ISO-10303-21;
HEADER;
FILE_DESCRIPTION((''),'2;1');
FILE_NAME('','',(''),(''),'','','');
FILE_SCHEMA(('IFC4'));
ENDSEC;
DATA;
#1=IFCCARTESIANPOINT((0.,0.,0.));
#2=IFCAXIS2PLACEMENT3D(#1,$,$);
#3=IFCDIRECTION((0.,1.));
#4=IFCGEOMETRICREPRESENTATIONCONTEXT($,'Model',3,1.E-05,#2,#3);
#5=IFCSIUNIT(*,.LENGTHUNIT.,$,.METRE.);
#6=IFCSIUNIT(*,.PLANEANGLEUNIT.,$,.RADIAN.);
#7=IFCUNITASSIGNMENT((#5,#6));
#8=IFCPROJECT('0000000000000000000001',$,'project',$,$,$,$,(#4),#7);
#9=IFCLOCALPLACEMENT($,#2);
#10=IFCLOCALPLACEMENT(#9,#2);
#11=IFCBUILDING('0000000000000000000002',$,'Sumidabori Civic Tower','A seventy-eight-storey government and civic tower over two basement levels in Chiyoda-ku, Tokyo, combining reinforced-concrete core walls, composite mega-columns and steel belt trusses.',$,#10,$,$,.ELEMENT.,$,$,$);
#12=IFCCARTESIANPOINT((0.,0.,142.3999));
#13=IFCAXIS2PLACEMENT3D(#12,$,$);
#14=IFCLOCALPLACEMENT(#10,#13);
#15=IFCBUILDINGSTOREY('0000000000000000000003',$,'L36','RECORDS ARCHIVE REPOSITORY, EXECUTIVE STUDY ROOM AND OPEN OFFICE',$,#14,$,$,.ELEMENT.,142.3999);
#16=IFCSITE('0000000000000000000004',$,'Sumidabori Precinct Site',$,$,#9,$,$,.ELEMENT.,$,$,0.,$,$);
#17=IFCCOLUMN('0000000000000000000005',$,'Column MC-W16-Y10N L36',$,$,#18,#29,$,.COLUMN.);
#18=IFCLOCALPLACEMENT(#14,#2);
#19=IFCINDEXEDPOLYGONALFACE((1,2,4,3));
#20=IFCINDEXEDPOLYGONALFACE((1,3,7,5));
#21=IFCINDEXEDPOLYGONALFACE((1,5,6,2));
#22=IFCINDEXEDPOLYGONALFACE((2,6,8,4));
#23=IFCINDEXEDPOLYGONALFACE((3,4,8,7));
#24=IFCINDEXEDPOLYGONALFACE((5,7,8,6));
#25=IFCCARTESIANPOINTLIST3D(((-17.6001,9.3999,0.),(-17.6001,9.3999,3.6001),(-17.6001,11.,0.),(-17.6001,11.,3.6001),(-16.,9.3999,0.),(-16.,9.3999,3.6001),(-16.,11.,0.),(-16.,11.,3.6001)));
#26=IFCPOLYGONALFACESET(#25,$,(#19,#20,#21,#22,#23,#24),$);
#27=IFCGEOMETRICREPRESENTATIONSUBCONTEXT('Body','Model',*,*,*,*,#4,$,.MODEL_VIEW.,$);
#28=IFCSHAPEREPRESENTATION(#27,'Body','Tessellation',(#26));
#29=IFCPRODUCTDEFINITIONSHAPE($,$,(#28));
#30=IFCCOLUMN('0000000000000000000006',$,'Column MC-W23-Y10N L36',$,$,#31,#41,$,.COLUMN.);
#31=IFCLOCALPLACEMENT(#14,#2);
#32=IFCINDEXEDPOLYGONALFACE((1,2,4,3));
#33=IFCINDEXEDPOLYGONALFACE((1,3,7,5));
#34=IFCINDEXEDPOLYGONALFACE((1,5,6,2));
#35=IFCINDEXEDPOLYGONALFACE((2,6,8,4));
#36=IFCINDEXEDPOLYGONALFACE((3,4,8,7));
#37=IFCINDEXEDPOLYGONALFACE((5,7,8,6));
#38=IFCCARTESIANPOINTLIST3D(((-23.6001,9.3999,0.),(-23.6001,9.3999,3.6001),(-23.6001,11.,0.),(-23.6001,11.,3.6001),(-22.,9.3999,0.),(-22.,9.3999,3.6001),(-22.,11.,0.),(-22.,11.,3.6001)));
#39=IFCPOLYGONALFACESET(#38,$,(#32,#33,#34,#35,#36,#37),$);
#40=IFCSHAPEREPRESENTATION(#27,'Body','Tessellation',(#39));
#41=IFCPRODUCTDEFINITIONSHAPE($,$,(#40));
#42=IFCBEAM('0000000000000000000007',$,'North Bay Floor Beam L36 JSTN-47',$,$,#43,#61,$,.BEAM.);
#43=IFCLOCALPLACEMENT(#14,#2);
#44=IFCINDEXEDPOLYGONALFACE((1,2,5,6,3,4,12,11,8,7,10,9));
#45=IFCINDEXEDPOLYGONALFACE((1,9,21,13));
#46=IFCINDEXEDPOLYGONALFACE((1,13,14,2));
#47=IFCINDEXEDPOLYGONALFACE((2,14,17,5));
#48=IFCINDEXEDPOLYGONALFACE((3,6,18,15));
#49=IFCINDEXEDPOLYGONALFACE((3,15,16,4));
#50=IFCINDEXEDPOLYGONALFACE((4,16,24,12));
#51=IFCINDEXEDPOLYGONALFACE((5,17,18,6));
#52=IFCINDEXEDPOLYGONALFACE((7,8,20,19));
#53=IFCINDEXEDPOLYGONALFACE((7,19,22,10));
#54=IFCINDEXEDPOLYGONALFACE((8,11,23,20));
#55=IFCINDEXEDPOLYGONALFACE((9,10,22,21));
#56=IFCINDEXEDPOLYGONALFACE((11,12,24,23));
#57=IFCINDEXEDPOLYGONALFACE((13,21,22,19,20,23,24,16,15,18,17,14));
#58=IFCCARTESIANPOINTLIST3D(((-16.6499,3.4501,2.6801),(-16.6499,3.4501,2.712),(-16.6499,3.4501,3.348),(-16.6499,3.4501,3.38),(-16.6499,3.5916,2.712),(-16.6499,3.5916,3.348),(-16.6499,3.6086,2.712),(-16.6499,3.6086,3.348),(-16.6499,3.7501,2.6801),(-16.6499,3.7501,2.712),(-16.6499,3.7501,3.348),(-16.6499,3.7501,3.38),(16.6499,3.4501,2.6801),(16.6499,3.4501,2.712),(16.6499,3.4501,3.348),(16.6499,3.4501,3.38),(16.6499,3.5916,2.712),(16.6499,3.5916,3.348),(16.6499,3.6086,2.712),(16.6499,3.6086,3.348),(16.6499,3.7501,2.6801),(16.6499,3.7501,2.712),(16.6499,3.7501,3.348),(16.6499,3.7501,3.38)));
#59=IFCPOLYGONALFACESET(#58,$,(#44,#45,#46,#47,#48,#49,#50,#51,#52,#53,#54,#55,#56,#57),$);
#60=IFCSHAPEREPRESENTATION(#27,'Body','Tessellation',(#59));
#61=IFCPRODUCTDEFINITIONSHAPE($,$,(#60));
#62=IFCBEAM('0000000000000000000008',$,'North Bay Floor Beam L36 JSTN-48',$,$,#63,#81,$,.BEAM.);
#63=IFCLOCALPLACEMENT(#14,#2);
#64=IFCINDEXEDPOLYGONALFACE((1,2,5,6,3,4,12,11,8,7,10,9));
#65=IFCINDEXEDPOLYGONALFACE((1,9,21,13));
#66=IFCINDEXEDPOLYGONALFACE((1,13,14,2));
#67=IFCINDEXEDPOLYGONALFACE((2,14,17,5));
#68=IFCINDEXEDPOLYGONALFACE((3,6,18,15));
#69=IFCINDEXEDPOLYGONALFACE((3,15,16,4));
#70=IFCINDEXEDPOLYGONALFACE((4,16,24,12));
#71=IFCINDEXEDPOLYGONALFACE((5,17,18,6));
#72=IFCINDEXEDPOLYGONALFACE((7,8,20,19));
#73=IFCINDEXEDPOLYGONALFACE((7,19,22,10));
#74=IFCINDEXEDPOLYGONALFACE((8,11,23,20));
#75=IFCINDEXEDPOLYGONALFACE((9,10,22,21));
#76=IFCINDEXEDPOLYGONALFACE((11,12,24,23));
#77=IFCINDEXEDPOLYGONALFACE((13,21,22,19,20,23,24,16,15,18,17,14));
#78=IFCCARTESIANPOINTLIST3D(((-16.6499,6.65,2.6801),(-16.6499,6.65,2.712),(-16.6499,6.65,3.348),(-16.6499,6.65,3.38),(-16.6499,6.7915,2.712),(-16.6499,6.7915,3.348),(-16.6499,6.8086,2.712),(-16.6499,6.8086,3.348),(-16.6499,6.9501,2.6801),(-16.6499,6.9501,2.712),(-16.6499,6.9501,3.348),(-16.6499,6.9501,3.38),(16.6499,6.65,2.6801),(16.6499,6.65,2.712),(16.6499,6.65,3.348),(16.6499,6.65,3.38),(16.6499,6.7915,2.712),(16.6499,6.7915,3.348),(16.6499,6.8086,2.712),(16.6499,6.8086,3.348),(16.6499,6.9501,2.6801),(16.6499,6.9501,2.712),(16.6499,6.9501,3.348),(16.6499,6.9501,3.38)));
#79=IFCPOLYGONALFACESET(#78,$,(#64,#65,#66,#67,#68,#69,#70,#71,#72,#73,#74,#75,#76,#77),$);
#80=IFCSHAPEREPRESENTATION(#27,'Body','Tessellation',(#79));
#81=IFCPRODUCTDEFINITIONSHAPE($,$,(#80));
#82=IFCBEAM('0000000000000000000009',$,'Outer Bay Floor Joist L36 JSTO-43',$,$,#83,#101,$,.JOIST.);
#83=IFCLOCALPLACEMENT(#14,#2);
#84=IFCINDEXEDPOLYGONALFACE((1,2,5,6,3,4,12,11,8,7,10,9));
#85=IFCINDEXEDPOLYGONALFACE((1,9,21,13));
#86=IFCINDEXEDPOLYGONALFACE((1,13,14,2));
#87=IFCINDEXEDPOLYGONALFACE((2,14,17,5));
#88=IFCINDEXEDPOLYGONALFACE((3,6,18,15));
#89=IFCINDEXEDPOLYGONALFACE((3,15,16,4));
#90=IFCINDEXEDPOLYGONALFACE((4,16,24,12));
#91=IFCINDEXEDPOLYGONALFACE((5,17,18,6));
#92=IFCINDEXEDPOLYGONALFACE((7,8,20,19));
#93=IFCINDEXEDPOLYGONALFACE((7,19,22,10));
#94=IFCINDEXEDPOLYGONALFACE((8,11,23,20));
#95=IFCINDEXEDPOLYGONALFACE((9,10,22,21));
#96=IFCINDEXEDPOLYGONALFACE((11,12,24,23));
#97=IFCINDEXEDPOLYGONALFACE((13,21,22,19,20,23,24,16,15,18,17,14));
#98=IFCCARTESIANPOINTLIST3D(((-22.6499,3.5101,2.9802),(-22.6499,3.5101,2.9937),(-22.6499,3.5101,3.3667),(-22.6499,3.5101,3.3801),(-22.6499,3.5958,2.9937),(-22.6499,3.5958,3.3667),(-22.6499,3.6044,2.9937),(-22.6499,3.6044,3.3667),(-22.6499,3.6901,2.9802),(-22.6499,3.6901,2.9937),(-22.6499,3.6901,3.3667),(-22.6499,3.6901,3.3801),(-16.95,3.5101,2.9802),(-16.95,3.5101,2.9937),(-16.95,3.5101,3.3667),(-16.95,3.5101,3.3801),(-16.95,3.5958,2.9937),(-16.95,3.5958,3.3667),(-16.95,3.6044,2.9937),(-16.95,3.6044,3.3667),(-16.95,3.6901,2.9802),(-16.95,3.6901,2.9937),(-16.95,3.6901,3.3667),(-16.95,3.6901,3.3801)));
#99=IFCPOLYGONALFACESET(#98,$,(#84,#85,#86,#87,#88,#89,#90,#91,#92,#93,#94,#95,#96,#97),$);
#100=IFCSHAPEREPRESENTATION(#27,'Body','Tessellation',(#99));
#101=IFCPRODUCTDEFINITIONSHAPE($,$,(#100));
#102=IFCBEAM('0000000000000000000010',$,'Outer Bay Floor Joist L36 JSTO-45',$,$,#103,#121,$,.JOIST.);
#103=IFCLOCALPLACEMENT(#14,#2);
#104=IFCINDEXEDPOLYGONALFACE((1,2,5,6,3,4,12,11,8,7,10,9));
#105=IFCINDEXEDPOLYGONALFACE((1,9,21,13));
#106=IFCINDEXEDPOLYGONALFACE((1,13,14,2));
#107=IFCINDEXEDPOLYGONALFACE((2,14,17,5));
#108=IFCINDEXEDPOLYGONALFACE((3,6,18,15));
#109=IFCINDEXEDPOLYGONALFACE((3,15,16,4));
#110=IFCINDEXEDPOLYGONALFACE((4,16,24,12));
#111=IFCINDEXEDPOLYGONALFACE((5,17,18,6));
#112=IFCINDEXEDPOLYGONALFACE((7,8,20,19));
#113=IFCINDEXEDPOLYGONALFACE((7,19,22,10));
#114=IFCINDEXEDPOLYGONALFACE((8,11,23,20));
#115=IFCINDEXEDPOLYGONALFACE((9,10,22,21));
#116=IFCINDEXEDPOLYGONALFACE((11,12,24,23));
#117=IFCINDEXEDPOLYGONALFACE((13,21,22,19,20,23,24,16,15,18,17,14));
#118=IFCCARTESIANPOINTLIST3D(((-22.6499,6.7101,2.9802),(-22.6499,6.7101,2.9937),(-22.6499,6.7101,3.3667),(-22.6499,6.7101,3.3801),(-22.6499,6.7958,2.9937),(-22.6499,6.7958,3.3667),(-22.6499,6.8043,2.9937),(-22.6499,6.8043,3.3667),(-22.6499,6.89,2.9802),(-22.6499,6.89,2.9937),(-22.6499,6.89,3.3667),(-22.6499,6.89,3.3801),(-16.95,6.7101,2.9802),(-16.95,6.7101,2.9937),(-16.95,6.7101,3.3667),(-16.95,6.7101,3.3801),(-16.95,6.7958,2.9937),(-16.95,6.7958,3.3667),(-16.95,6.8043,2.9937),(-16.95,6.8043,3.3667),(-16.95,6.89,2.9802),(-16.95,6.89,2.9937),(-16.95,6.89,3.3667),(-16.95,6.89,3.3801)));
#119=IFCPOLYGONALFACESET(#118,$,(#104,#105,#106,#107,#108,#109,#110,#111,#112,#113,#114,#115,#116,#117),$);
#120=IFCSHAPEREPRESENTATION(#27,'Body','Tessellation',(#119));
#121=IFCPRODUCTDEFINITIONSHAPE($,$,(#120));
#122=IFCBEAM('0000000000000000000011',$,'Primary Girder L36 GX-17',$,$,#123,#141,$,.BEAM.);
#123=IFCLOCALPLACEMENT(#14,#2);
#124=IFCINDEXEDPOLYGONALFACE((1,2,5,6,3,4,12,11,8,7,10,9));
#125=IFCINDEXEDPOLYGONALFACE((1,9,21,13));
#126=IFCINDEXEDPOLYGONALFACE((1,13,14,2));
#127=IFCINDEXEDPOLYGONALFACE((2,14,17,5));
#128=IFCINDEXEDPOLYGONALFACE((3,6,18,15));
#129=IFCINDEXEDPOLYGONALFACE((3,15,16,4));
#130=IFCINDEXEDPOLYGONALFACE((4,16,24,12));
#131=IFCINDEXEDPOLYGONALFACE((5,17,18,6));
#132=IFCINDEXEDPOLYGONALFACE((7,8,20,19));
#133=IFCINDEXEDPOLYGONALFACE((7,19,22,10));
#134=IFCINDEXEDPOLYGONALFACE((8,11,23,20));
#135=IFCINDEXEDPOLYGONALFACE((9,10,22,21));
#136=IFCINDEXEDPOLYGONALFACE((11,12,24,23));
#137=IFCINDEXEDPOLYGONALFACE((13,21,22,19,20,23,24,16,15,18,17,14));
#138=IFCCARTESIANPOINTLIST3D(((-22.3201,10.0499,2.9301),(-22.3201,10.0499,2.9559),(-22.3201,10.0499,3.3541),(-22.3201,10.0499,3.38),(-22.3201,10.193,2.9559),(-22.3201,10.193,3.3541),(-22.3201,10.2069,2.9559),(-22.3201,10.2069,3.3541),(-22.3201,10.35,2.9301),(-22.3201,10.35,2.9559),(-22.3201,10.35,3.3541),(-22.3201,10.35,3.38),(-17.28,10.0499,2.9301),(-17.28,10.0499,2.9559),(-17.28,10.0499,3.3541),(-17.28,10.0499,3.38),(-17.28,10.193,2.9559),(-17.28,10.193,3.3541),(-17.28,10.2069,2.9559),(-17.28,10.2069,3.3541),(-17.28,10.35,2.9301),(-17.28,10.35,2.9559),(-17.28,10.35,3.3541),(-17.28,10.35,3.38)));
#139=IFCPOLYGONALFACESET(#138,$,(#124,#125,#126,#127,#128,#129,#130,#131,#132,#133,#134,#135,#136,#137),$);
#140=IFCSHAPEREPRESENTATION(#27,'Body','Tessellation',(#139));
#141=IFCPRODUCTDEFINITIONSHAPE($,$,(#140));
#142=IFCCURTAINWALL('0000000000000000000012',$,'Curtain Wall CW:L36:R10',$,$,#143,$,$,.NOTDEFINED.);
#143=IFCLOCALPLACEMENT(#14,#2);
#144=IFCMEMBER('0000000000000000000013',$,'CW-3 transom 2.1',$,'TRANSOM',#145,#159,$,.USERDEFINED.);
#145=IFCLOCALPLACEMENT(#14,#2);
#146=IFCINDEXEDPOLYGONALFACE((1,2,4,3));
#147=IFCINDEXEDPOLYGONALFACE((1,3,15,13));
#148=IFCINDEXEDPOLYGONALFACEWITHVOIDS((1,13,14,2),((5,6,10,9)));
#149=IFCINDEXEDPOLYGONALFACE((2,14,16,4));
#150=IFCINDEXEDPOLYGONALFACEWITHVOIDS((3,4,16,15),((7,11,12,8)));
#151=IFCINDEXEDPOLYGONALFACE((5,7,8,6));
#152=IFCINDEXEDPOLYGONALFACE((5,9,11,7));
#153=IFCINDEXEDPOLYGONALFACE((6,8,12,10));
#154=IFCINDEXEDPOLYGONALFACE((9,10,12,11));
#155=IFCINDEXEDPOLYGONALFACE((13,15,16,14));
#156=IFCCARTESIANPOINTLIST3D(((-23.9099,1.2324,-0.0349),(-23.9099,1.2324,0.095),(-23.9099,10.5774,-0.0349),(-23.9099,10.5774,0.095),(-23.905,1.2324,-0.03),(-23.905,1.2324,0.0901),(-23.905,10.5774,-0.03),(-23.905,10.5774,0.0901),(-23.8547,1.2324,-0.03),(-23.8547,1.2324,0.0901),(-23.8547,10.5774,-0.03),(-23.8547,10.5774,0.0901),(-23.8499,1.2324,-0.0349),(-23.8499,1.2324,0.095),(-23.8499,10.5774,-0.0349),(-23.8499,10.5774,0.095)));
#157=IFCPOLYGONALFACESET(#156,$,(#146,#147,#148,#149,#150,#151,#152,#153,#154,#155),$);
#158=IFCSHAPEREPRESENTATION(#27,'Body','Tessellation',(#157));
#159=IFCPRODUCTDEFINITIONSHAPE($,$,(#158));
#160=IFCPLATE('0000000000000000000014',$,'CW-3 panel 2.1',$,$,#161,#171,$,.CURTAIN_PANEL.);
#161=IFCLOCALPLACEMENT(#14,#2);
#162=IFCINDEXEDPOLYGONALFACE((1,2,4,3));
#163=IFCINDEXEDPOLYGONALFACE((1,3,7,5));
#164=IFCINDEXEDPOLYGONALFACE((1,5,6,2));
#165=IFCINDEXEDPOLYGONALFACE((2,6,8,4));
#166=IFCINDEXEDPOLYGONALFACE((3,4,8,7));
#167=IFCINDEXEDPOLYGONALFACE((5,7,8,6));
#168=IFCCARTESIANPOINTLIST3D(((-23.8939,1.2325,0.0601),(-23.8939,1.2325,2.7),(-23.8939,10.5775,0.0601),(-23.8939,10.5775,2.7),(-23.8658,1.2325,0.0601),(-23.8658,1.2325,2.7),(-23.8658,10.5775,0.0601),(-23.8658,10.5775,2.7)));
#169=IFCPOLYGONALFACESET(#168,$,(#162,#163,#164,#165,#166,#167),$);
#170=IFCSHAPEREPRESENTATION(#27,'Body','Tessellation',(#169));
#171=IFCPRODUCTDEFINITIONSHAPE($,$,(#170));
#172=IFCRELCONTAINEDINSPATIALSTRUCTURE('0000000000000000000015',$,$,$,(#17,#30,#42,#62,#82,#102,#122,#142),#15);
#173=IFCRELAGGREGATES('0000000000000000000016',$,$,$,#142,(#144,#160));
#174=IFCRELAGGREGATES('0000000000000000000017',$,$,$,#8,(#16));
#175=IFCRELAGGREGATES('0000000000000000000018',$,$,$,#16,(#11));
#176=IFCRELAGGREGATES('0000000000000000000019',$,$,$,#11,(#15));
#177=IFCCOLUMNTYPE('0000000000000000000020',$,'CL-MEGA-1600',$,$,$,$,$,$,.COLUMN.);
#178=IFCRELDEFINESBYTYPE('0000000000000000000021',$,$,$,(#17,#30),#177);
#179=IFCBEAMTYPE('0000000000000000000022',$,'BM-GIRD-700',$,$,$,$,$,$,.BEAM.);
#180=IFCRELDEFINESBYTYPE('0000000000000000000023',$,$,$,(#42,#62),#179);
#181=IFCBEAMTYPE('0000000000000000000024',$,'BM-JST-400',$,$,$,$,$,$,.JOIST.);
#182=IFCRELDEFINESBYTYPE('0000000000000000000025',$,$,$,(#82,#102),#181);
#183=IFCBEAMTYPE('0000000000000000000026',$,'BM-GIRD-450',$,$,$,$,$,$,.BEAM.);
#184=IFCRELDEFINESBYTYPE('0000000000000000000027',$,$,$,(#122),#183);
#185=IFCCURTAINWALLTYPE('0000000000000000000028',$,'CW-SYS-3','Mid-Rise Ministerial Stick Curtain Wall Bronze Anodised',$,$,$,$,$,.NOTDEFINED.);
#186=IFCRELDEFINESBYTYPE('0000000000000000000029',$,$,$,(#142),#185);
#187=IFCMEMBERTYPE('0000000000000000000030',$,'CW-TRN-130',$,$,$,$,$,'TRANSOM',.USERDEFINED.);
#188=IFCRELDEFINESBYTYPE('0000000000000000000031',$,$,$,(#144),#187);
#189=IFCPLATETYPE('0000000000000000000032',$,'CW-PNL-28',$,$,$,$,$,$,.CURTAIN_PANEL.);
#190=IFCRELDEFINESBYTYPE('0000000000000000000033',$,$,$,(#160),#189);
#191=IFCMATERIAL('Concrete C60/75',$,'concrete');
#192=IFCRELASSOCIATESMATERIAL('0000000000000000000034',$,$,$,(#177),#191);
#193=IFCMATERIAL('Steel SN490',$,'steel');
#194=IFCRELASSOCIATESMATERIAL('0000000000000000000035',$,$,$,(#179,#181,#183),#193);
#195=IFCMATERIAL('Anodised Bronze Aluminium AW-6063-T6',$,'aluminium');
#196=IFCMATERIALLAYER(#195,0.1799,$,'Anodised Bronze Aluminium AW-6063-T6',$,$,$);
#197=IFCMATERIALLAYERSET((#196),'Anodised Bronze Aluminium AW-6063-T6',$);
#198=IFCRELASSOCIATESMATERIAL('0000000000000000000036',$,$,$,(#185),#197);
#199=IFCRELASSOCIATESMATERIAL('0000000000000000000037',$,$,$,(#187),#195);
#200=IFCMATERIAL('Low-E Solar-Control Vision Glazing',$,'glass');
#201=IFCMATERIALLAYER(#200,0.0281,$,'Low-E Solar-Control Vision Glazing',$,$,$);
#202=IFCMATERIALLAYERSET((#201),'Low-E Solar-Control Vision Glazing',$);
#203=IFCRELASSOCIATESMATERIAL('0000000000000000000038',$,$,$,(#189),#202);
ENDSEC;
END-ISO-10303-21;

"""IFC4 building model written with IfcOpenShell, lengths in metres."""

from ifc_helpers import new_model, si_unit, direction, frame, origin, origin_2d, place, context, subcontext, project, spatial, rectangle, hollow_rectangle, i_section, extrude, source, transform, mapped, material, layer, layer_set, material_profile, profile_set, type_object, element, aggregate, save


model = new_model("IFC4")

# Units and contexts
model_context = context("Model", 3, precision=1e-05, world=origin(), true_north=direction((0.0, 1.0)))
body_context = subcontext(model_context, "Body", "Model", "MODEL_VIEW")
ifc_project = project(units=[si_unit("LENGTHUNIT", "METRE"), si_unit("PLANEANGLEUNIT", "RADIAN")], contexts=[model_context])

# Site, building, storey
site_placement = place(None, origin())
site = spatial("IfcSite", under=ifc_project, at=site_placement, Name="Sumidabori Precinct Site", CompositionType="ELEMENT", RefElevation=0.0)
building_placement = place(site_placement, origin())
building = spatial("IfcBuilding", under=site, at=building_placement, Name="Sumidabori Civic Tower", Description="A seventy-eight-storey government and civic tower over two basement levels in Chiyoda-ku, Tokyo, combining reinforced-concrete core walls, composite mega-columns and steel belt trusses.", CompositionType="ELEMENT")
storey_placement = place(building_placement, frame((0.0, 0.0, 142.3999)))
storey = spatial("IfcBuildingStorey", under=building, at=storey_placement, Name="L36", Description="RECORDS ARCHIVE REPOSITORY, EXECUTIVE STUDY ROOM AND OPEN OFFICE", CompositionType="ELEMENT", Elevation=142.3999)

# Columns
ifc_material_1 = material(Name="Concrete C60/75", Category="concrete")
ifc_material_profile_1 = material_profile(ifc_material_1, rectangle(XDim=1.6001, YDim=1.6001, at=origin_2d()), Name="RC 1600x1600")
ifc_profile_set_1 = profile_set([ifc_material_profile_1], Name="Concrete C60/75")
column_type = type_object("IfcColumnType", Name="CL-MEGA-1600", PredefinedType="COLUMN", material=ifc_profile_set_1)
shared_shape_1 = source(origin(), body_context, "Body", "SweptSolid", [
    extrude(rectangle(XDim=1.6001, YDim=1.6001, at=origin_2d()), origin(), (0.0, 0.0, 1.0), 3.6001),
])
for number, where, z_axis, x_axis, name in (
    (1, (-16.8, 10.2, 0.0), (0.0, 0.0, 1.0), (1.0, 0.0, 0.0), "Column MC-W16-Y10N L36"),
    (2, (-22.8, 10.2, 0.0), (0.0, 0.0, 1.0), (1.0, 0.0, 0.0), "Column MC-W23-Y10N L36"),
):
    element("IfcColumn", number, at=place(storey_placement, frame(where, z_axis=z_axis, x_axis=x_axis)), inside=storey, type_object=column_type, Name=name, PredefinedType="COLUMN", context=body_context, shape_type="MappedRepresentation", body=[
        mapped(shared_shape_1, transform((0.0, 0.0, 0.0), x_axis=(1.0, 0.0, 0.0), y_axis=(0.0, 1.0, 0.0), z_axis=(0.0, 0.0, 1.0), scale=1.0)),
    ])

# Beams
ifc_material_2 = material(Name="Steel SN490", Category="steel")
ifc_material_profile_2 = material_profile(ifc_material_2, i_section(OverallWidth=0.3, OverallDepth=0.7, WebThickness=0.0171, FlangeThickness=0.032, at=origin_2d()), Name="HE 700 B")
ifc_profile_set_2 = profile_set([ifc_material_profile_2], Name="Steel SN490")
beam_type_1 = type_object("IfcBeamType", Name="BM-GIRD-700", PredefinedType="BEAM", material=ifc_profile_set_2)
shared_shape_2 = source(origin(), body_context, "Body", "SweptSolid", [
    extrude(i_section(OverallWidth=0.3, OverallDepth=0.7, WebThickness=0.0171, FlangeThickness=0.032, at=origin_2d()), origin(), (0.0, 0.0, 1.0), 33.2998),
])
for number, where, z_axis, x_axis, name in (
    (3, (-16.6499, 3.6001, 3.03), (1.0, 0.0, 0.0), (0.0, 1.0, 0.0), "North Bay Floor Beam L36 JSTN-47"),
    (4, (-16.6499, 6.8, 3.03), (1.0, 0.0, 0.0), (0.0, 1.0, 0.0), "North Bay Floor Beam L36 JSTN-48"),
):
    element("IfcBeam", number, at=place(storey_placement, frame(where, z_axis=z_axis, x_axis=x_axis)), inside=storey, type_object=beam_type_1, Name=name, PredefinedType="BEAM", context=body_context, shape_type="MappedRepresentation", body=[
        mapped(shared_shape_2, transform((0.0, 0.0, 0.0), x_axis=(1.0, 0.0, 0.0), y_axis=(0.0, 1.0, 0.0), z_axis=(0.0, 0.0, 1.0), scale=1.0)),
    ])
ifc_material_profile_3 = material_profile(ifc_material_2, i_section(OverallWidth=0.1799, OverallDepth=0.3999, WebThickness=0.0085, FlangeThickness=0.0134, at=origin_2d()), Name="IPE 400")
ifc_profile_set_3 = profile_set([ifc_material_profile_3], Name="Steel SN490")
beam_type_2 = type_object("IfcBeamType", Name="BM-JST-400", PredefinedType="JOIST", material=ifc_profile_set_3)
shared_shape_3 = source(origin(), body_context, "Body", "SweptSolid", [
    extrude(i_section(OverallWidth=0.1799, OverallDepth=0.3999, WebThickness=0.0085, FlangeThickness=0.0134, at=origin_2d()), origin(), (0.0, 0.0, 1.0), 5.7),
])
for number, where, z_axis, x_axis, name in (
    (5, (-22.6499, 3.6001, 3.1802), (1.0, 0.0, 0.0), (0.0, 1.0, 0.0), "Outer Bay Floor Joist L36 JSTO-43"),
    (6, (-22.6499, 6.8, 3.1802), (1.0, 0.0, 0.0), (0.0, 1.0, 0.0), "Outer Bay Floor Joist L36 JSTO-45"),
):
    element("IfcBeam", number, at=place(storey_placement, frame(where, z_axis=z_axis, x_axis=x_axis)), inside=storey, type_object=beam_type_2, Name=name, PredefinedType="JOIST", context=body_context, shape_type="MappedRepresentation", body=[
        mapped(shared_shape_3, transform((0.0, 0.0, 0.0), x_axis=(1.0, 0.0, 0.0), y_axis=(0.0, 1.0, 0.0), z_axis=(0.0, 0.0, 1.0), scale=1.0)),
    ])
ifc_material_profile_4 = material_profile(ifc_material_2, i_section(OverallWidth=0.3, OverallDepth=0.45, WebThickness=0.0139, FlangeThickness=0.0259, at=origin_2d()), Name="HE 450 B")
ifc_profile_set_4 = profile_set([ifc_material_profile_4], Name="Steel SN490")
beam_type_3 = type_object("IfcBeamType", Name="BM-GIRD-450", PredefinedType="BEAM", material=ifc_profile_set_4)
shared_shape_4 = source(origin(), body_context, "Body", "SweptSolid", [
    extrude(i_section(OverallWidth=0.3, OverallDepth=0.45, WebThickness=0.0139, FlangeThickness=0.0259, at=origin_2d()), origin(), (0.0, 0.0, 1.0), 5.04),
])
beam_placement = place(storey_placement, frame((-22.3201, 10.2, 3.155), z_axis=(1.0, 0.0, 0.0), x_axis=(0.0, 1.0, 0.0)))
element("IfcBeam", 7, at=beam_placement, inside=storey, type_object=beam_type_3, Name="Primary Girder L36 GX-17", PredefinedType="BEAM", context=body_context, shape_type="MappedRepresentation", body=[
    mapped(shared_shape_4, transform((0.0, 0.0, 0.0), x_axis=(1.0, 0.0, 0.0), y_axis=(0.0, 1.0, 0.0), z_axis=(0.0, 0.0, 1.0), scale=1.0)),
])

# Curtain wall, member, plate
ifc_material_3 = material(Name="Anodised Bronze Aluminium AW-6063-T6", Category="aluminium")
ifc_layer_1 = layer(ifc_material_3, 0.1799, Name="Anodised Bronze Aluminium AW-6063-T6")
ifc_layer_set_1 = layer_set([ifc_layer_1], Name="Anodised Bronze Aluminium AW-6063-T6")
curtain_wall_type = type_object("IfcCurtainWallType", Name="CW-SYS-3", Description="Mid-Rise Ministerial Stick Curtain Wall Bronze Anodised", PredefinedType="NOTDEFINED", material=ifc_layer_set_1)
curtain_wall_placement = place(storey_placement, origin())
curtain_wall = element("IfcCurtainWall", 8, at=curtain_wall_placement, inside=storey, type_object=curtain_wall_type, Name="Curtain Wall CW:L36:R10", PredefinedType="NOTDEFINED")
ifc_material_profile_5 = material_profile(ifc_material_3, hollow_rectangle(XDim=0.0601, YDim=0.1299, WallThickness=0.0049, at=origin_2d()), Name="ALU TRANSOM 130x60")
ifc_profile_set_5 = profile_set([ifc_material_profile_5], Name="Anodised Bronze Aluminium AW-6063-T6")
member_type = type_object("IfcMemberType", Name="CW-TRN-130", ElementType="TRANSOM", PredefinedType="USERDEFINED", material=ifc_profile_set_5)
shared_shape_5 = source(origin(), body_context, "Body", "SweptSolid", [
    extrude(hollow_rectangle(XDim=0.0601, YDim=0.1299, WallThickness=0.0049, at=origin_2d()), origin(), (0.0, 0.0, 1.0), 9.345),
])
member_placement = place(storey_placement, frame((-23.8799, 10.5774, 0.03), z_axis=(0.0, -1.0, 0.0), x_axis=(1.0, 0.0, 0.0)))
member = element("IfcMember", 9, at=member_placement, type_object=member_type, Name="CW-3 transom 2.1", ObjectType="TRANSOM", PredefinedType="USERDEFINED", context=body_context, shape_type="MappedRepresentation", body=[
    mapped(shared_shape_5, transform((0.0, 0.0, 0.0), x_axis=(1.0, 0.0, 0.0), y_axis=(0.0, 1.0, 0.0), z_axis=(0.0, 0.0, 1.0), scale=1.0)),
])
ifc_material_4 = material(Name="Low-E Solar-Control Vision Glazing", Category="glass")
ifc_layer_2 = layer(ifc_material_4, 0.0281, Name="Low-E Solar-Control Vision Glazing")
ifc_layer_set_2 = layer_set([ifc_layer_2], Name="Low-E Solar-Control Vision Glazing")
plate_type = type_object("IfcPlateType", Name="CW-PNL-28", PredefinedType="CURTAIN_PANEL", material=ifc_layer_set_2)
shared_shape_6 = source(origin(), body_context, "Body", "SweptSolid", [
    extrude(rectangle(XDim=9.345, YDim=0.0281, at=origin_2d()), origin(), (0.0, 0.0, 1.0), 2.6399),
])
plate_placement = place(storey_placement, frame((-23.8799, 5.905, 0.0601), z_axis=(0.0, 0.0, 1.0), x_axis=(0.0, -1.0, 0.0)))
plate = element("IfcPlate", 10, at=plate_placement, type_object=plate_type, Name="CW-3 panel 2.1", PredefinedType="CURTAIN_PANEL", context=body_context, shape_type="MappedRepresentation", body=[
    mapped(shared_shape_6, transform((0.0, 0.0, 0.0), x_axis=(1.0, 0.0, 0.0), y_axis=(0.0, 1.0, 0.0), z_axis=(0.0, 0.0, 1.0), scale=1.0)),
])
aggregate(curtain_wall, [member, plate])

save(model, "model.ifc")
